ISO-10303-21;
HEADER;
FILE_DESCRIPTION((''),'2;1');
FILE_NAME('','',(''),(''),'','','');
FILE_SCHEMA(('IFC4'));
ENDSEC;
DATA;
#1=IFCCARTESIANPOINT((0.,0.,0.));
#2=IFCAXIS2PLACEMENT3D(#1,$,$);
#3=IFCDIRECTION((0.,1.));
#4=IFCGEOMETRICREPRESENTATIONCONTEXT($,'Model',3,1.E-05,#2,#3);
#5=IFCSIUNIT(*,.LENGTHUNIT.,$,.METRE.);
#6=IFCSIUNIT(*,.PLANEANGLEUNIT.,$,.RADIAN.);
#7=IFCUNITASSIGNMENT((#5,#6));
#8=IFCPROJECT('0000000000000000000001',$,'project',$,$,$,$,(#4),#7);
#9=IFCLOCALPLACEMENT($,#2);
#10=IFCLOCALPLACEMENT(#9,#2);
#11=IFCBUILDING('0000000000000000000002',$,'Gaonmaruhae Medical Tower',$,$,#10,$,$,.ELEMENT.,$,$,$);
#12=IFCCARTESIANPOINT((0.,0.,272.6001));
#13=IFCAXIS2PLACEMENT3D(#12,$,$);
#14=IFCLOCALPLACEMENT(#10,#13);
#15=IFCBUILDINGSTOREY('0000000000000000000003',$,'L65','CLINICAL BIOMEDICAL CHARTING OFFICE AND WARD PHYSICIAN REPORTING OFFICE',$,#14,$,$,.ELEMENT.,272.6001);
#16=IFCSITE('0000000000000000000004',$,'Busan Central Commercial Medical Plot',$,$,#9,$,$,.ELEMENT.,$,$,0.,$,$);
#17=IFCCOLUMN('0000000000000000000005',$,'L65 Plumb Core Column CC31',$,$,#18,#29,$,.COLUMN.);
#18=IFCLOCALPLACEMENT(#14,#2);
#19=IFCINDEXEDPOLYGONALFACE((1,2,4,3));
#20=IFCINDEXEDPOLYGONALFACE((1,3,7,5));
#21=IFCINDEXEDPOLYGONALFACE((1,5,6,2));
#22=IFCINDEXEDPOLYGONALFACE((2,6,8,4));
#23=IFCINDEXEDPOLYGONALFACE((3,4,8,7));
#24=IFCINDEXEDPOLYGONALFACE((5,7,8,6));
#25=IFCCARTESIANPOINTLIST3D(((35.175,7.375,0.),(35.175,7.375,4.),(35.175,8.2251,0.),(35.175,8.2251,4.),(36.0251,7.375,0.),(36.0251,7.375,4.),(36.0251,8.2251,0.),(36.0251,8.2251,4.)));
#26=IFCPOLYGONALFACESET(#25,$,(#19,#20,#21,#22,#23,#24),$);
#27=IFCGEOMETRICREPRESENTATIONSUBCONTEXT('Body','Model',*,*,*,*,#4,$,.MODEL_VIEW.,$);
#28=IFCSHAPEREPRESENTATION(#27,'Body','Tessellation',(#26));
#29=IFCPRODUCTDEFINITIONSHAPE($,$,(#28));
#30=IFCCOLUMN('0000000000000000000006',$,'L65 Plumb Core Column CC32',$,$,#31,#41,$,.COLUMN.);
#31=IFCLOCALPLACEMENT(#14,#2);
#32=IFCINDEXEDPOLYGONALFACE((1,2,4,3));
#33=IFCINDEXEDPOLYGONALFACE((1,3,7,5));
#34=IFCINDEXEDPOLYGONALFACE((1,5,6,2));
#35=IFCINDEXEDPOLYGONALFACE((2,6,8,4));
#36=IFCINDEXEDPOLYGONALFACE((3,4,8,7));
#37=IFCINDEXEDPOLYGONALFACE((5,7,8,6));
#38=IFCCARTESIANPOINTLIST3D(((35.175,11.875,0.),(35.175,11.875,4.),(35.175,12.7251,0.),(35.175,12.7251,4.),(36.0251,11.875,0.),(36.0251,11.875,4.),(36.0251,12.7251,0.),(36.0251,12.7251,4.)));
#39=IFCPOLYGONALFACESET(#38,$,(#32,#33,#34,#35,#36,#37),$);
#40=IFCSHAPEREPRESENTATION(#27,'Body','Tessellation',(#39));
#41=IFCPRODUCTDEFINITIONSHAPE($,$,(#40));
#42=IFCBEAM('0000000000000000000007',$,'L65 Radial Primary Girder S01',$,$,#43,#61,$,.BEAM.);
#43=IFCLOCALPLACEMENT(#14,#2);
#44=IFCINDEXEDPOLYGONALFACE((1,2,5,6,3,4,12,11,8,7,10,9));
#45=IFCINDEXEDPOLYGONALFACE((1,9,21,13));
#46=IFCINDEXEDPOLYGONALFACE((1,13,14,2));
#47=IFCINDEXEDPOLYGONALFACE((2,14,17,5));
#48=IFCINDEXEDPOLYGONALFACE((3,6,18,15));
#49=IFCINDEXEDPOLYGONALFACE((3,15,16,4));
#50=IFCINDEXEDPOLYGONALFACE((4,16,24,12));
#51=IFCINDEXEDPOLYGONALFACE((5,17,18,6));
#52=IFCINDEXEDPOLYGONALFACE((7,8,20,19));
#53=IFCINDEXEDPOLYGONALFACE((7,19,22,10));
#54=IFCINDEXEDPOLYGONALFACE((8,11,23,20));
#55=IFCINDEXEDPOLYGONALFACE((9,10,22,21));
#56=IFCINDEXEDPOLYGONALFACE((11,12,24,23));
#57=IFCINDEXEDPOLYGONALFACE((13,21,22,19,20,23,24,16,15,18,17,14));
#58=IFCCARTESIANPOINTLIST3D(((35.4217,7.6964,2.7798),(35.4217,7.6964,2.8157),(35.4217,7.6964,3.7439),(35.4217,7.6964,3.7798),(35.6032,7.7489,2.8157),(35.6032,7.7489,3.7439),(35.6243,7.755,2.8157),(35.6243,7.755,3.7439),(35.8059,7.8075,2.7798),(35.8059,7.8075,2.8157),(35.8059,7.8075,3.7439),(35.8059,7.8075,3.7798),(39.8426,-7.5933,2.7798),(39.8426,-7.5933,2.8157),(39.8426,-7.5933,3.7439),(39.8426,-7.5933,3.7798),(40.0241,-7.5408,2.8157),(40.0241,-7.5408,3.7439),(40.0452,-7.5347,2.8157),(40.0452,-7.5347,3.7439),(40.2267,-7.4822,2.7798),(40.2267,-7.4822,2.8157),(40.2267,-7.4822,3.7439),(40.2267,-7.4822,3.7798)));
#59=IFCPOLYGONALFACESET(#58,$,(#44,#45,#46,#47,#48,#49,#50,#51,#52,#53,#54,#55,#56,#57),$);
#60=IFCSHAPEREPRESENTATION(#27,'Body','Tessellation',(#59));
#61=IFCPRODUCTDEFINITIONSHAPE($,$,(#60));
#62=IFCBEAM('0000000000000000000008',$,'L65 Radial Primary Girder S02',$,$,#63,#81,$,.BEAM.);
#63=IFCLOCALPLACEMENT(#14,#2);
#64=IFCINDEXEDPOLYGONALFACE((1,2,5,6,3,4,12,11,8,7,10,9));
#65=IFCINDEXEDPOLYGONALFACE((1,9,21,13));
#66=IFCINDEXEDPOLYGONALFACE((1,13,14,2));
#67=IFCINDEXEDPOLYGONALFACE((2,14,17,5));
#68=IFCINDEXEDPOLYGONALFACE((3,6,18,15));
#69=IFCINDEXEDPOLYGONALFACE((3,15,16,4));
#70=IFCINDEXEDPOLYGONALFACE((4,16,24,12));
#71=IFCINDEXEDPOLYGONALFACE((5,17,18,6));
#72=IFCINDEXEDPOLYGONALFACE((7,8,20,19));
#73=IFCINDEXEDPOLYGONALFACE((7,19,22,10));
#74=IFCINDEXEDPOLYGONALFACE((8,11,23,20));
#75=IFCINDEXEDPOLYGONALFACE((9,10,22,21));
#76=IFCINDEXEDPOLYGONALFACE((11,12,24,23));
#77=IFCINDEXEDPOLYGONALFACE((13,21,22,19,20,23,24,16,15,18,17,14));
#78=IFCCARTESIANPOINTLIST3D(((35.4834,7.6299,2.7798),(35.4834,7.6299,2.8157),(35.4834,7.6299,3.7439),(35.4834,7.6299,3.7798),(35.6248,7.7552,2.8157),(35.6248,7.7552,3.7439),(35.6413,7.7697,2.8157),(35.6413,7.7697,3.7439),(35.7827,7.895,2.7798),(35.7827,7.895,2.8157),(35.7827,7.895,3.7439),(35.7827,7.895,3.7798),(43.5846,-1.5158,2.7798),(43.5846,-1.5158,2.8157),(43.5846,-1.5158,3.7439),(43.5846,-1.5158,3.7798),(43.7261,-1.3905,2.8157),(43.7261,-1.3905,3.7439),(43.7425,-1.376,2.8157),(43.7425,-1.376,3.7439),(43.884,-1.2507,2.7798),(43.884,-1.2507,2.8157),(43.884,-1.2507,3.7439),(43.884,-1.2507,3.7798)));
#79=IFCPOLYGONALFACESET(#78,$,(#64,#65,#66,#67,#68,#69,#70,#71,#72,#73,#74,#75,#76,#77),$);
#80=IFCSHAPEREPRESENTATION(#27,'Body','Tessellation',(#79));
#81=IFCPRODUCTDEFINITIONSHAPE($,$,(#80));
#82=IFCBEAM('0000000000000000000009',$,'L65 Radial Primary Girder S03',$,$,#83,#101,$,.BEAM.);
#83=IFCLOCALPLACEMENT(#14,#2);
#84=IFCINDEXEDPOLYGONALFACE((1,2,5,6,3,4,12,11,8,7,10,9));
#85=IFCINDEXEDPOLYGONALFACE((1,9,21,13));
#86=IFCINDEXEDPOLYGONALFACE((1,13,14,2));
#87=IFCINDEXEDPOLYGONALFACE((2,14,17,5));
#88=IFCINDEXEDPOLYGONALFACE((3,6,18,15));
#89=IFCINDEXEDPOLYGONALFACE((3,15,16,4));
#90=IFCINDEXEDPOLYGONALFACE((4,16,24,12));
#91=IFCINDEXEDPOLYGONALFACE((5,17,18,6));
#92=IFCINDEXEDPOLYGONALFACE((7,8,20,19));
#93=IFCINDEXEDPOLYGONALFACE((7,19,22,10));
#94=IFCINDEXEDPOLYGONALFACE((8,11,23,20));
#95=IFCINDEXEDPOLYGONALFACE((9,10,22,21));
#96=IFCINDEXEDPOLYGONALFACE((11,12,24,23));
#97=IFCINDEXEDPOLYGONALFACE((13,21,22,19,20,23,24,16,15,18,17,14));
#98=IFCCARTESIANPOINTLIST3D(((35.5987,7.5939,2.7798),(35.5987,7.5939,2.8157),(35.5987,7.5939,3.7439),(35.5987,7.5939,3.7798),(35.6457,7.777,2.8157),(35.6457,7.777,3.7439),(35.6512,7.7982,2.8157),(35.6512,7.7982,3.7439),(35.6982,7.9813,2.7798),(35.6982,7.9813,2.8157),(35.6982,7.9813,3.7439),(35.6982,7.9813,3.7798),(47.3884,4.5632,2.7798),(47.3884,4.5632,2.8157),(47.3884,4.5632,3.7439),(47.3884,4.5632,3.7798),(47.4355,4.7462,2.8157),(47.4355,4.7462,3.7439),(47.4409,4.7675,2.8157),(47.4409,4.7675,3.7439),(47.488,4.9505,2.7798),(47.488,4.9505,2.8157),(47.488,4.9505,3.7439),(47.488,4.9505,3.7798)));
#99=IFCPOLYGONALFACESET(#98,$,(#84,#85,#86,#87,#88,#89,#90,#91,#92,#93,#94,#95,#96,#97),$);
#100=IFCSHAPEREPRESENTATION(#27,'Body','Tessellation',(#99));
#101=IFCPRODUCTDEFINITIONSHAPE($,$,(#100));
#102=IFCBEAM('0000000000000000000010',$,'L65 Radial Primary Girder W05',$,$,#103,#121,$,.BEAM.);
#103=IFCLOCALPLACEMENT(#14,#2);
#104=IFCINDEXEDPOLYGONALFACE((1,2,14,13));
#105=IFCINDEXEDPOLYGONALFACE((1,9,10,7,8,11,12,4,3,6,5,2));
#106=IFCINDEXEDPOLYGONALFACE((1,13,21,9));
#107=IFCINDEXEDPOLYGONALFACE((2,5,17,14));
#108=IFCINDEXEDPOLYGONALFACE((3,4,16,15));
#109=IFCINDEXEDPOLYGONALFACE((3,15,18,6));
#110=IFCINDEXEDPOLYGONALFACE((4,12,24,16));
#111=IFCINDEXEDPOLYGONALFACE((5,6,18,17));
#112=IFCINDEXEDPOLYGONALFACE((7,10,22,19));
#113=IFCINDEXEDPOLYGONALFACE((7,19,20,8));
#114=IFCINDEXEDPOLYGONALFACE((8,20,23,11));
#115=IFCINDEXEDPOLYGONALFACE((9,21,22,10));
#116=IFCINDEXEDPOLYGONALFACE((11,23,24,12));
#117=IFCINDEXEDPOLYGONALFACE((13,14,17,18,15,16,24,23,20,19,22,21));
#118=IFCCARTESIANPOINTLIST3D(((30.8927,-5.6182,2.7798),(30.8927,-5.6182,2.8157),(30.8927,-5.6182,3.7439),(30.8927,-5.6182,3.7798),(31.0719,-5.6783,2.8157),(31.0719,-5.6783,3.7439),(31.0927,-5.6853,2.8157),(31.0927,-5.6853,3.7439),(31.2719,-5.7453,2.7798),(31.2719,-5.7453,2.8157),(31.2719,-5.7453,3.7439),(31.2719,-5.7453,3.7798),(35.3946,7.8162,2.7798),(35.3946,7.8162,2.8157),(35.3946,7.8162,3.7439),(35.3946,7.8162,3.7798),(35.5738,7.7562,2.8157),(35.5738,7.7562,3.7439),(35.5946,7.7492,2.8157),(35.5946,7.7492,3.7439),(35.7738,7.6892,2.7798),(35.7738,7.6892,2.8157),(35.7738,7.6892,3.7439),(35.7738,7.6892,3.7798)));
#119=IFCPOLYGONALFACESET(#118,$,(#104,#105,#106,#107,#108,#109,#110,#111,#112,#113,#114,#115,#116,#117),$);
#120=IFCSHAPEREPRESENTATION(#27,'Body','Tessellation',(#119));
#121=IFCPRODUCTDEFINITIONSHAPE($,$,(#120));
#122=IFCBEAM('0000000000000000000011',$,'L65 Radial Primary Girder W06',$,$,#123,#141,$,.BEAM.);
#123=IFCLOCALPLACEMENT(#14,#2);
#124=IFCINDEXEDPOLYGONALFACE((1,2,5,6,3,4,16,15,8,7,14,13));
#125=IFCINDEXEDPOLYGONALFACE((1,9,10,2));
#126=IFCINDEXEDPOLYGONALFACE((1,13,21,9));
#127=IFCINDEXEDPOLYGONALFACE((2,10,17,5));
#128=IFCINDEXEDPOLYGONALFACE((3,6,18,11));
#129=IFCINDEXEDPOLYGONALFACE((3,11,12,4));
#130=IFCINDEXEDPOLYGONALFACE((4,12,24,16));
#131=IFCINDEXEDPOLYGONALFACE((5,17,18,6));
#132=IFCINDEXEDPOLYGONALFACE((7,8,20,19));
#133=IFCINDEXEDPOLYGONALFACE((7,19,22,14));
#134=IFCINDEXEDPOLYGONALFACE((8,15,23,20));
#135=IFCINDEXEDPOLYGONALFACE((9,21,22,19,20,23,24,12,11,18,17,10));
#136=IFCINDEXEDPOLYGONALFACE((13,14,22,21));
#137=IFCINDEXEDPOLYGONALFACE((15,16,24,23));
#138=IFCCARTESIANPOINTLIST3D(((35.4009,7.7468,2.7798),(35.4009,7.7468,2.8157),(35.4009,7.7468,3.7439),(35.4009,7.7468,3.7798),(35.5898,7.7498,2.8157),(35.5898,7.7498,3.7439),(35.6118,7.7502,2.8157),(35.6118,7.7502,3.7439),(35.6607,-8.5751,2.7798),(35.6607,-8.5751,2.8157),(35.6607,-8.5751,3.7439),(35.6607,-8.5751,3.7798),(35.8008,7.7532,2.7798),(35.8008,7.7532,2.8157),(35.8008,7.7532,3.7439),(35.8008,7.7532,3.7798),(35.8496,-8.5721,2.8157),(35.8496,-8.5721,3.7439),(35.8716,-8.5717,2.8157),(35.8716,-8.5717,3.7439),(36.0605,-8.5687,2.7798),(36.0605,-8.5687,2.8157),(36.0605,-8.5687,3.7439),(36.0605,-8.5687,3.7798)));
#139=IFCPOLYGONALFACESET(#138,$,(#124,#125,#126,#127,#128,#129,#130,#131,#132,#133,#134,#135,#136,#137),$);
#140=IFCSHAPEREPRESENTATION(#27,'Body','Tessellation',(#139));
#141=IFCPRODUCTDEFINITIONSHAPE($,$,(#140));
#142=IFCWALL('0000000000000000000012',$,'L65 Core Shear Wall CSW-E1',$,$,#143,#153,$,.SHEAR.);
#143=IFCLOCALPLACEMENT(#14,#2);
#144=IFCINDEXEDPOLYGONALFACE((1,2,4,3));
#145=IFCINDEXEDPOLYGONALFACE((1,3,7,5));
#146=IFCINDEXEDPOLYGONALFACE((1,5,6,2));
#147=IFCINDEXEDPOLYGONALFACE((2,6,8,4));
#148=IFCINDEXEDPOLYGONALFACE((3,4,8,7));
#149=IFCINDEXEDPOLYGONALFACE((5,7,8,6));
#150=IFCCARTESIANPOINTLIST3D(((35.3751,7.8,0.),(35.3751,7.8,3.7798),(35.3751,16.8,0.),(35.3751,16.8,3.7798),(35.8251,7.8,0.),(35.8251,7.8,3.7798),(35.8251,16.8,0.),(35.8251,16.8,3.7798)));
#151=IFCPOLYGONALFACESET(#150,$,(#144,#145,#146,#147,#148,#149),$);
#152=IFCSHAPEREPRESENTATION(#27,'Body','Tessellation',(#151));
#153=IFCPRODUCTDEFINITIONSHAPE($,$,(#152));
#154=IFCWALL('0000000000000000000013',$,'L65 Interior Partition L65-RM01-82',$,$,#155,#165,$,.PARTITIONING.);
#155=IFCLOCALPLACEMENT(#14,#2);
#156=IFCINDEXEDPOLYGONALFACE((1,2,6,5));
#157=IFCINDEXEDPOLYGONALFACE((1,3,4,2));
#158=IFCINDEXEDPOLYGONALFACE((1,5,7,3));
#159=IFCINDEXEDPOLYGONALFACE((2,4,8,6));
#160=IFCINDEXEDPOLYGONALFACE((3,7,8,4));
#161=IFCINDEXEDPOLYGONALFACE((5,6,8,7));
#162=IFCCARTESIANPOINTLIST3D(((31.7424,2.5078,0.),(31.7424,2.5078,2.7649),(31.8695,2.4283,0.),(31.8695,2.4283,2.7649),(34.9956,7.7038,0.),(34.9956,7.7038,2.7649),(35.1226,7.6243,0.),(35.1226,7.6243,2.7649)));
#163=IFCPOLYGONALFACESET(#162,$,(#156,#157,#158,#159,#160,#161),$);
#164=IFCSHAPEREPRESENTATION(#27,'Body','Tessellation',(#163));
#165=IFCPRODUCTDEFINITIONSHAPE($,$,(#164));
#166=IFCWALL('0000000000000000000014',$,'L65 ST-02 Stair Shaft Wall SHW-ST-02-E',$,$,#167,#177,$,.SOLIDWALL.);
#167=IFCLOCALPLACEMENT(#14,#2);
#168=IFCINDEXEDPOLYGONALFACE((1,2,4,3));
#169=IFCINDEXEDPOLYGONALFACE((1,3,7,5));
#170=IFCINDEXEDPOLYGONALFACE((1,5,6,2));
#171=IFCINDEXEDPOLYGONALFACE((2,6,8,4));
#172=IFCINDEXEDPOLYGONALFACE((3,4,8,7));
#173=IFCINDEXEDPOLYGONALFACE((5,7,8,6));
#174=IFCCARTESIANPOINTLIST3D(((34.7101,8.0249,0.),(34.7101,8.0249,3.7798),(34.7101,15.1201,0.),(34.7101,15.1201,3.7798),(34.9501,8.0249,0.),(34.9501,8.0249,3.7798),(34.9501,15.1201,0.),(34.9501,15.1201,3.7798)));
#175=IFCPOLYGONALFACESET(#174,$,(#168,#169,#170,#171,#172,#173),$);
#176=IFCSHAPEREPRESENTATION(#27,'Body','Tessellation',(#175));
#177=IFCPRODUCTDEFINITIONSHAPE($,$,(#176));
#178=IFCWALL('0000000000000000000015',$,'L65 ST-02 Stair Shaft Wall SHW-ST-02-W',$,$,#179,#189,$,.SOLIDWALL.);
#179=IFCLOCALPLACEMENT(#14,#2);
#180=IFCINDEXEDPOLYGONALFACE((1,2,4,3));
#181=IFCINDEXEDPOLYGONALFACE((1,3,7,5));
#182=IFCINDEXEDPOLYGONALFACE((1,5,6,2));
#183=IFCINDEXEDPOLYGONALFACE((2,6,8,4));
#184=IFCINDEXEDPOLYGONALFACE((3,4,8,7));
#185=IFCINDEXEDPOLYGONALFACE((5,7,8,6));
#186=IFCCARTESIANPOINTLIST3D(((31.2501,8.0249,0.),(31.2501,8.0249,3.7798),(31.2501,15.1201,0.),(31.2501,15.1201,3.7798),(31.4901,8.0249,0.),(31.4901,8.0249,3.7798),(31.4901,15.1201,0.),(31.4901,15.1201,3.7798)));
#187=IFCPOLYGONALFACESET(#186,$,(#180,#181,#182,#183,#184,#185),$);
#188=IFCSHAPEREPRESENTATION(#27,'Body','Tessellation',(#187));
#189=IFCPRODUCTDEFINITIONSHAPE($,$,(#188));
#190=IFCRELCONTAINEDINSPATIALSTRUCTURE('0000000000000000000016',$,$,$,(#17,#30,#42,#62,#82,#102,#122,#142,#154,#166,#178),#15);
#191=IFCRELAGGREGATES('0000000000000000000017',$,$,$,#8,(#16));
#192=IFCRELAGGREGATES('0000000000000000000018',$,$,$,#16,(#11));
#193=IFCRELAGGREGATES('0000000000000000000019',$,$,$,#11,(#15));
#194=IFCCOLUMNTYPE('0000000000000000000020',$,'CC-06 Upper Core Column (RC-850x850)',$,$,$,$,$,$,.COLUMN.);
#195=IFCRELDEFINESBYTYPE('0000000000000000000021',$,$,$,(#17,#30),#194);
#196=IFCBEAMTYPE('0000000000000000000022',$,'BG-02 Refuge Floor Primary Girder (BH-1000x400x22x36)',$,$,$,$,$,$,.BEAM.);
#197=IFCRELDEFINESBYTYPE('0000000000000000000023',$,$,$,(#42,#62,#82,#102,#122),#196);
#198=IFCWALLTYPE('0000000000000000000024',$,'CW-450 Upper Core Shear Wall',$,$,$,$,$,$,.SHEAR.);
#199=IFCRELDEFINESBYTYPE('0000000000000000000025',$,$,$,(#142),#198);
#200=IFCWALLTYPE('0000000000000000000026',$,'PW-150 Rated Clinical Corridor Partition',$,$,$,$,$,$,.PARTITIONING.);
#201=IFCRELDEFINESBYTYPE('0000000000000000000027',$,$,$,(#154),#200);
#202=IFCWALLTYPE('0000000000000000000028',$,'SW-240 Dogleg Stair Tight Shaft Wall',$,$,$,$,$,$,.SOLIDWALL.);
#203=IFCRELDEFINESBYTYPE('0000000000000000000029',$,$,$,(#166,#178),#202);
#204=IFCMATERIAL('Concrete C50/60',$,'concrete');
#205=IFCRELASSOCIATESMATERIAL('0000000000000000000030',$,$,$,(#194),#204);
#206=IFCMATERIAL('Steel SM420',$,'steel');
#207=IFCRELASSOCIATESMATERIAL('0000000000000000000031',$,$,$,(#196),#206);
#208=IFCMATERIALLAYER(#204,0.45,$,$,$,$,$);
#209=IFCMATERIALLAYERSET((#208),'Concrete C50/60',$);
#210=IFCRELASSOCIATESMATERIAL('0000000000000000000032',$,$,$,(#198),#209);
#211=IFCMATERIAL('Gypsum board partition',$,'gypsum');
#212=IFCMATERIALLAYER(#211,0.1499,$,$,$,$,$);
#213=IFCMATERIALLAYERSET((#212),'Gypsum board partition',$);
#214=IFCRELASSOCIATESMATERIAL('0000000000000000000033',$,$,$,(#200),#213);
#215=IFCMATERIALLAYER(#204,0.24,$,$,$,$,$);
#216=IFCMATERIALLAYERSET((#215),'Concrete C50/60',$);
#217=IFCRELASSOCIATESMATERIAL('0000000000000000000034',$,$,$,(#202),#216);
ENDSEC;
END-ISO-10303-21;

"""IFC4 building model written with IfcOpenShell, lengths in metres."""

from ifc_helpers import new_model, si_unit, direction, frame, frame_2d, origin, origin_2d, place, context, subcontext, project, spatial, rectangle, i_section, extrude, material, layer, layer_set, material_profile, profile_set, type_object, element, save


model = new_model("IFC4")

# Units and contexts
model_context = context("Model", 3, precision=1e-05, world=origin(), true_north=direction((0.0, 1.0)))
body_context = subcontext(model_context, "Body", "Model", "MODEL_VIEW")
ifc_project = project(units=[si_unit("LENGTHUNIT", "METRE"), si_unit("PLANEANGLEUNIT", "RADIAN")], contexts=[model_context])

# Site, building, storey
site_placement = place(None, origin())
site = spatial("IfcSite", under=ifc_project, at=site_placement, Name="Busan Central Commercial Medical Plot", CompositionType="ELEMENT", RefElevation=0.0)
building_placement = place(site_placement, origin())
building = spatial("IfcBuilding", under=site, at=building_placement, Name="Gaonmaruhae Medical Tower", CompositionType="ELEMENT")
storey_placement = place(building_placement, frame((0.0, 0.0, 272.6001)))
storey = spatial("IfcBuildingStorey", under=building, at=storey_placement, Name="L65", Description="CLINICAL BIOMEDICAL CHARTING OFFICE AND WARD PHYSICIAN REPORTING OFFICE", CompositionType="ELEMENT", Elevation=272.6001)

# Columns
ifc_material_1 = material(Name="Concrete C50/60", Category="concrete")
ifc_material_profile_1 = material_profile(ifc_material_1, rectangle(XDim=0.8501, YDim=0.8501, at=origin_2d()), Name="RC-850x850")
ifc_profile_set_1 = profile_set([ifc_material_profile_1], Name="Concrete C50/60")
column_type = type_object("IfcColumnType", Name="CC-06 Upper Core Column (RC-850x850)", PredefinedType="COLUMN", material=ifc_profile_set_1)
for number, where, z_axis, x_axis, name in (
    (1, (35.6001, 7.8, 0.0), (0.0, 0.0, 1.0), (1.0, 0.0, 0.0), "L65 Plumb Core Column CC31"),
    (2, (35.6001, 12.3, 0.0), (0.0, 0.0, 1.0), (1.0, 0.0, 0.0), "L65 Plumb Core Column CC32"),
):
    element("IfcColumn", number, at=place(storey_placement, frame(where, z_axis=z_axis, x_axis=x_axis)), inside=storey, type_object=column_type, Name=name, PredefinedType="COLUMN", context=body_context, shape_type="SweptSolid", body=[
        extrude(rectangle(XDim=0.8501, YDim=0.8501, at=origin_2d()), origin(), (0.0, 0.0, 1.0), 4.0),
    ])

# Beams
ifc_material_2 = material(Name="Steel SM420", Category="steel")
ifc_material_profile_2 = material_profile(ifc_material_2, i_section(OverallWidth=0.3999, OverallDepth=1.0, WebThickness=0.022, FlangeThickness=0.0359, at=origin_2d()), Name="BH-1000x400x22x36")
ifc_profile_set_2 = profile_set([ifc_material_profile_2], Name="Steel SM420")
beam_type = type_object("IfcBeamType", Name="BG-02 Refuge Floor Primary Girder (BH-1000x400x22x36)", PredefinedType="BEAM", material=ifc_profile_set_2)
beam_1_placement = place(storey_placement, frame((35.6138, 7.752, 3.2798), z_axis=(0.277763, -0.96065, 0.0), x_axis=(0.96065, 0.277763, 0.0)))
element("IfcBeam", 3, at=beam_1_placement, inside=storey, type_object=beam_type, Name="L65 Radial Primary Girder S01", PredefinedType="BEAM", context=body_context, shape_type="SweptSolid", body=[
    extrude(i_section(OverallWidth=0.3999, OverallDepth=1.0, WebThickness=0.022, FlangeThickness=0.0359, at=origin_2d()), origin(), (0.0, 0.0, 1.0), 15.916),
])
beam_2_placement = place(storey_placement, frame((35.6331, 7.7625, 3.2798), z_axis=(0.663072, -0.748556, 0.0), x_axis=(0.748556, 0.663072, 0.0)))
element("IfcBeam", 4, at=beam_2_placement, inside=storey, type_object=beam_type, Name="L65 Radial Primary Girder S02", PredefinedType="BEAM", context=body_context, shape_type="SweptSolid", body=[
    extrude(i_section(OverallWidth=0.3999, OverallDepth=1.0, WebThickness=0.022, FlangeThickness=0.0359, at=origin_2d()), origin(), (0.0, 0.0, 1.0), 12.2178),
])
beam_3_placement = place(storey_placement, frame((35.6484, 7.7876, 3.2798), z_axis=(0.968511, -0.248972, 0.0), x_axis=(0.248972, 0.968511, 0.0)))
element("IfcBeam", 5, at=beam_3_placement, inside=storey, type_object=beam_type, Name="L65 Radial Primary Girder S03", PredefinedType="BEAM", context=body_context, shape_type="SweptSolid", body=[
    extrude(i_section(OverallWidth=0.3999, OverallDepth=1.0, WebThickness=0.022, FlangeThickness=0.0359, at=origin_2d()), origin(), (0.0, 0.0, 1.0), 12.1731),
])
beam_4_placement = place(storey_placement, frame((35.5842, 7.7527, 3.2798), z_axis=(-0.317737, -0.948179, 0.0), x_axis=(0.948179, -0.317737, 0.0)))
element("IfcBeam", 6, at=beam_4_placement, inside=storey, type_object=beam_type, Name="L65 Radial Primary Girder W05", PredefinedType="BEAM", context=body_context, shape_type="SweptSolid", body=[
    extrude(i_section(OverallWidth=0.3999, OverallDepth=1.0, WebThickness=0.022, FlangeThickness=0.0359, at=origin_2d()), origin(), (0.0, 0.0, 1.0), 14.1687),
])
beam_5_placement = place(storey_placement, frame((35.6008, 7.75, 3.2798), z_axis=(0.015913, -0.999873, 0.0), x_axis=(0.999873, 0.015913, 0.0)))
element("IfcBeam", 7, at=beam_5_placement, inside=storey, type_object=beam_type, Name="L65 Radial Primary Girder W06", PredefinedType="BEAM", context=body_context, shape_type="SweptSolid", body=[
    extrude(i_section(OverallWidth=0.3999, OverallDepth=1.0, WebThickness=0.022, FlangeThickness=0.0359, at=origin_2d()), origin(), (0.0, 0.0, 1.0), 16.324),
])

# Walls
ifc_layer_1 = layer(ifc_material_1, 0.45)
ifc_layer_set_1 = layer_set([ifc_layer_1], Name="Concrete C50/60")
wall_type_1 = type_object("IfcWallType", Name="CW-450 Upper Core Shear Wall", PredefinedType="SHEAR", material=ifc_layer_set_1)
wall_1_placement = place(storey_placement, frame((35.6001, 7.8, 0.0), z_axis=(0.0, 0.0, 1.0), x_axis=(0.0, 1.0, 0.0)))
element("IfcWall", 8, at=wall_1_placement, inside=storey, type_object=wall_type_1, Name="L65 Core Shear Wall CSW-E1", PredefinedType="SHEAR", context=body_context, shape_type="SweptSolid", body=[
    extrude(rectangle(XDim=9.0, YDim=0.45, at=frame_2d((4.5, 0.0))), origin(), (0.0, 0.0, 1.0), 3.7798),
])
ifc_material_3 = material(Name="Gypsum board partition", Category="gypsum")
ifc_layer_2 = layer(ifc_material_3, 0.1499)
ifc_layer_set_2 = layer_set([ifc_layer_2], Name="Gypsum board partition")
wall_type_2 = type_object("IfcWallType", Name="PW-150 Rated Clinical Corridor Partition", PredefinedType="PARTITIONING", material=ifc_layer_set_2)
wall_2_placement = place(storey_placement, frame((35.0591, 7.6641, 0.0), z_axis=(0.0, 0.0, 1.0), x_axis=(-0.530661, -0.847584, 0.0)))
element("IfcWall", 9, at=wall_2_placement, inside=storey, type_object=wall_type_2, Name="L65 Interior Partition L65-RM01-82", PredefinedType="PARTITIONING", context=body_context, shape_type="SweptSolid", body=[
    extrude(rectangle(XDim=6.1304, YDim=0.1499, at=frame_2d((3.0652, 0.0))), origin(), (0.0, 0.0, 1.0), 2.7649),
])

# Shared definitions
ifc_layer_3 = layer(ifc_material_1, 0.24)
ifc_layer_set_3 = layer_set([ifc_layer_3], Name="Concrete C50/60")
wall_type_3 = type_object("IfcWallType", Name="SW-240 Dogleg Stair Tight Shaft Wall", PredefinedType="SOLIDWALL", material=ifc_layer_set_3)

# Walls
for number, where, z_axis, x_axis, name in (
    (10, (34.8301, 15.1201, 0.0), (0.0, 0.0, 1.0), (0.0, -1.0, 0.0), "L65 ST-02 Stair Shaft Wall SHW-ST-02-E"),
    (11, (31.3701, 8.0249, 0.0), (0.0, 0.0, 1.0), (0.0, 1.0, 0.0), "L65 ST-02 Stair Shaft Wall SHW-ST-02-W"),
):
    element("IfcWall", number, at=place(storey_placement, frame(where, z_axis=z_axis, x_axis=x_axis)), inside=storey, type_object=wall_type_3, Name=name, PredefinedType="SOLIDWALL", context=body_context, shape_type="SweptSolid", body=[
        extrude(rectangle(XDim=7.0952, YDim=0.24, at=frame_2d((3.5476, 0.0))), origin(), (0.0, 0.0, 1.0), 3.7798),
    ])

save(model, "model.ifc")
